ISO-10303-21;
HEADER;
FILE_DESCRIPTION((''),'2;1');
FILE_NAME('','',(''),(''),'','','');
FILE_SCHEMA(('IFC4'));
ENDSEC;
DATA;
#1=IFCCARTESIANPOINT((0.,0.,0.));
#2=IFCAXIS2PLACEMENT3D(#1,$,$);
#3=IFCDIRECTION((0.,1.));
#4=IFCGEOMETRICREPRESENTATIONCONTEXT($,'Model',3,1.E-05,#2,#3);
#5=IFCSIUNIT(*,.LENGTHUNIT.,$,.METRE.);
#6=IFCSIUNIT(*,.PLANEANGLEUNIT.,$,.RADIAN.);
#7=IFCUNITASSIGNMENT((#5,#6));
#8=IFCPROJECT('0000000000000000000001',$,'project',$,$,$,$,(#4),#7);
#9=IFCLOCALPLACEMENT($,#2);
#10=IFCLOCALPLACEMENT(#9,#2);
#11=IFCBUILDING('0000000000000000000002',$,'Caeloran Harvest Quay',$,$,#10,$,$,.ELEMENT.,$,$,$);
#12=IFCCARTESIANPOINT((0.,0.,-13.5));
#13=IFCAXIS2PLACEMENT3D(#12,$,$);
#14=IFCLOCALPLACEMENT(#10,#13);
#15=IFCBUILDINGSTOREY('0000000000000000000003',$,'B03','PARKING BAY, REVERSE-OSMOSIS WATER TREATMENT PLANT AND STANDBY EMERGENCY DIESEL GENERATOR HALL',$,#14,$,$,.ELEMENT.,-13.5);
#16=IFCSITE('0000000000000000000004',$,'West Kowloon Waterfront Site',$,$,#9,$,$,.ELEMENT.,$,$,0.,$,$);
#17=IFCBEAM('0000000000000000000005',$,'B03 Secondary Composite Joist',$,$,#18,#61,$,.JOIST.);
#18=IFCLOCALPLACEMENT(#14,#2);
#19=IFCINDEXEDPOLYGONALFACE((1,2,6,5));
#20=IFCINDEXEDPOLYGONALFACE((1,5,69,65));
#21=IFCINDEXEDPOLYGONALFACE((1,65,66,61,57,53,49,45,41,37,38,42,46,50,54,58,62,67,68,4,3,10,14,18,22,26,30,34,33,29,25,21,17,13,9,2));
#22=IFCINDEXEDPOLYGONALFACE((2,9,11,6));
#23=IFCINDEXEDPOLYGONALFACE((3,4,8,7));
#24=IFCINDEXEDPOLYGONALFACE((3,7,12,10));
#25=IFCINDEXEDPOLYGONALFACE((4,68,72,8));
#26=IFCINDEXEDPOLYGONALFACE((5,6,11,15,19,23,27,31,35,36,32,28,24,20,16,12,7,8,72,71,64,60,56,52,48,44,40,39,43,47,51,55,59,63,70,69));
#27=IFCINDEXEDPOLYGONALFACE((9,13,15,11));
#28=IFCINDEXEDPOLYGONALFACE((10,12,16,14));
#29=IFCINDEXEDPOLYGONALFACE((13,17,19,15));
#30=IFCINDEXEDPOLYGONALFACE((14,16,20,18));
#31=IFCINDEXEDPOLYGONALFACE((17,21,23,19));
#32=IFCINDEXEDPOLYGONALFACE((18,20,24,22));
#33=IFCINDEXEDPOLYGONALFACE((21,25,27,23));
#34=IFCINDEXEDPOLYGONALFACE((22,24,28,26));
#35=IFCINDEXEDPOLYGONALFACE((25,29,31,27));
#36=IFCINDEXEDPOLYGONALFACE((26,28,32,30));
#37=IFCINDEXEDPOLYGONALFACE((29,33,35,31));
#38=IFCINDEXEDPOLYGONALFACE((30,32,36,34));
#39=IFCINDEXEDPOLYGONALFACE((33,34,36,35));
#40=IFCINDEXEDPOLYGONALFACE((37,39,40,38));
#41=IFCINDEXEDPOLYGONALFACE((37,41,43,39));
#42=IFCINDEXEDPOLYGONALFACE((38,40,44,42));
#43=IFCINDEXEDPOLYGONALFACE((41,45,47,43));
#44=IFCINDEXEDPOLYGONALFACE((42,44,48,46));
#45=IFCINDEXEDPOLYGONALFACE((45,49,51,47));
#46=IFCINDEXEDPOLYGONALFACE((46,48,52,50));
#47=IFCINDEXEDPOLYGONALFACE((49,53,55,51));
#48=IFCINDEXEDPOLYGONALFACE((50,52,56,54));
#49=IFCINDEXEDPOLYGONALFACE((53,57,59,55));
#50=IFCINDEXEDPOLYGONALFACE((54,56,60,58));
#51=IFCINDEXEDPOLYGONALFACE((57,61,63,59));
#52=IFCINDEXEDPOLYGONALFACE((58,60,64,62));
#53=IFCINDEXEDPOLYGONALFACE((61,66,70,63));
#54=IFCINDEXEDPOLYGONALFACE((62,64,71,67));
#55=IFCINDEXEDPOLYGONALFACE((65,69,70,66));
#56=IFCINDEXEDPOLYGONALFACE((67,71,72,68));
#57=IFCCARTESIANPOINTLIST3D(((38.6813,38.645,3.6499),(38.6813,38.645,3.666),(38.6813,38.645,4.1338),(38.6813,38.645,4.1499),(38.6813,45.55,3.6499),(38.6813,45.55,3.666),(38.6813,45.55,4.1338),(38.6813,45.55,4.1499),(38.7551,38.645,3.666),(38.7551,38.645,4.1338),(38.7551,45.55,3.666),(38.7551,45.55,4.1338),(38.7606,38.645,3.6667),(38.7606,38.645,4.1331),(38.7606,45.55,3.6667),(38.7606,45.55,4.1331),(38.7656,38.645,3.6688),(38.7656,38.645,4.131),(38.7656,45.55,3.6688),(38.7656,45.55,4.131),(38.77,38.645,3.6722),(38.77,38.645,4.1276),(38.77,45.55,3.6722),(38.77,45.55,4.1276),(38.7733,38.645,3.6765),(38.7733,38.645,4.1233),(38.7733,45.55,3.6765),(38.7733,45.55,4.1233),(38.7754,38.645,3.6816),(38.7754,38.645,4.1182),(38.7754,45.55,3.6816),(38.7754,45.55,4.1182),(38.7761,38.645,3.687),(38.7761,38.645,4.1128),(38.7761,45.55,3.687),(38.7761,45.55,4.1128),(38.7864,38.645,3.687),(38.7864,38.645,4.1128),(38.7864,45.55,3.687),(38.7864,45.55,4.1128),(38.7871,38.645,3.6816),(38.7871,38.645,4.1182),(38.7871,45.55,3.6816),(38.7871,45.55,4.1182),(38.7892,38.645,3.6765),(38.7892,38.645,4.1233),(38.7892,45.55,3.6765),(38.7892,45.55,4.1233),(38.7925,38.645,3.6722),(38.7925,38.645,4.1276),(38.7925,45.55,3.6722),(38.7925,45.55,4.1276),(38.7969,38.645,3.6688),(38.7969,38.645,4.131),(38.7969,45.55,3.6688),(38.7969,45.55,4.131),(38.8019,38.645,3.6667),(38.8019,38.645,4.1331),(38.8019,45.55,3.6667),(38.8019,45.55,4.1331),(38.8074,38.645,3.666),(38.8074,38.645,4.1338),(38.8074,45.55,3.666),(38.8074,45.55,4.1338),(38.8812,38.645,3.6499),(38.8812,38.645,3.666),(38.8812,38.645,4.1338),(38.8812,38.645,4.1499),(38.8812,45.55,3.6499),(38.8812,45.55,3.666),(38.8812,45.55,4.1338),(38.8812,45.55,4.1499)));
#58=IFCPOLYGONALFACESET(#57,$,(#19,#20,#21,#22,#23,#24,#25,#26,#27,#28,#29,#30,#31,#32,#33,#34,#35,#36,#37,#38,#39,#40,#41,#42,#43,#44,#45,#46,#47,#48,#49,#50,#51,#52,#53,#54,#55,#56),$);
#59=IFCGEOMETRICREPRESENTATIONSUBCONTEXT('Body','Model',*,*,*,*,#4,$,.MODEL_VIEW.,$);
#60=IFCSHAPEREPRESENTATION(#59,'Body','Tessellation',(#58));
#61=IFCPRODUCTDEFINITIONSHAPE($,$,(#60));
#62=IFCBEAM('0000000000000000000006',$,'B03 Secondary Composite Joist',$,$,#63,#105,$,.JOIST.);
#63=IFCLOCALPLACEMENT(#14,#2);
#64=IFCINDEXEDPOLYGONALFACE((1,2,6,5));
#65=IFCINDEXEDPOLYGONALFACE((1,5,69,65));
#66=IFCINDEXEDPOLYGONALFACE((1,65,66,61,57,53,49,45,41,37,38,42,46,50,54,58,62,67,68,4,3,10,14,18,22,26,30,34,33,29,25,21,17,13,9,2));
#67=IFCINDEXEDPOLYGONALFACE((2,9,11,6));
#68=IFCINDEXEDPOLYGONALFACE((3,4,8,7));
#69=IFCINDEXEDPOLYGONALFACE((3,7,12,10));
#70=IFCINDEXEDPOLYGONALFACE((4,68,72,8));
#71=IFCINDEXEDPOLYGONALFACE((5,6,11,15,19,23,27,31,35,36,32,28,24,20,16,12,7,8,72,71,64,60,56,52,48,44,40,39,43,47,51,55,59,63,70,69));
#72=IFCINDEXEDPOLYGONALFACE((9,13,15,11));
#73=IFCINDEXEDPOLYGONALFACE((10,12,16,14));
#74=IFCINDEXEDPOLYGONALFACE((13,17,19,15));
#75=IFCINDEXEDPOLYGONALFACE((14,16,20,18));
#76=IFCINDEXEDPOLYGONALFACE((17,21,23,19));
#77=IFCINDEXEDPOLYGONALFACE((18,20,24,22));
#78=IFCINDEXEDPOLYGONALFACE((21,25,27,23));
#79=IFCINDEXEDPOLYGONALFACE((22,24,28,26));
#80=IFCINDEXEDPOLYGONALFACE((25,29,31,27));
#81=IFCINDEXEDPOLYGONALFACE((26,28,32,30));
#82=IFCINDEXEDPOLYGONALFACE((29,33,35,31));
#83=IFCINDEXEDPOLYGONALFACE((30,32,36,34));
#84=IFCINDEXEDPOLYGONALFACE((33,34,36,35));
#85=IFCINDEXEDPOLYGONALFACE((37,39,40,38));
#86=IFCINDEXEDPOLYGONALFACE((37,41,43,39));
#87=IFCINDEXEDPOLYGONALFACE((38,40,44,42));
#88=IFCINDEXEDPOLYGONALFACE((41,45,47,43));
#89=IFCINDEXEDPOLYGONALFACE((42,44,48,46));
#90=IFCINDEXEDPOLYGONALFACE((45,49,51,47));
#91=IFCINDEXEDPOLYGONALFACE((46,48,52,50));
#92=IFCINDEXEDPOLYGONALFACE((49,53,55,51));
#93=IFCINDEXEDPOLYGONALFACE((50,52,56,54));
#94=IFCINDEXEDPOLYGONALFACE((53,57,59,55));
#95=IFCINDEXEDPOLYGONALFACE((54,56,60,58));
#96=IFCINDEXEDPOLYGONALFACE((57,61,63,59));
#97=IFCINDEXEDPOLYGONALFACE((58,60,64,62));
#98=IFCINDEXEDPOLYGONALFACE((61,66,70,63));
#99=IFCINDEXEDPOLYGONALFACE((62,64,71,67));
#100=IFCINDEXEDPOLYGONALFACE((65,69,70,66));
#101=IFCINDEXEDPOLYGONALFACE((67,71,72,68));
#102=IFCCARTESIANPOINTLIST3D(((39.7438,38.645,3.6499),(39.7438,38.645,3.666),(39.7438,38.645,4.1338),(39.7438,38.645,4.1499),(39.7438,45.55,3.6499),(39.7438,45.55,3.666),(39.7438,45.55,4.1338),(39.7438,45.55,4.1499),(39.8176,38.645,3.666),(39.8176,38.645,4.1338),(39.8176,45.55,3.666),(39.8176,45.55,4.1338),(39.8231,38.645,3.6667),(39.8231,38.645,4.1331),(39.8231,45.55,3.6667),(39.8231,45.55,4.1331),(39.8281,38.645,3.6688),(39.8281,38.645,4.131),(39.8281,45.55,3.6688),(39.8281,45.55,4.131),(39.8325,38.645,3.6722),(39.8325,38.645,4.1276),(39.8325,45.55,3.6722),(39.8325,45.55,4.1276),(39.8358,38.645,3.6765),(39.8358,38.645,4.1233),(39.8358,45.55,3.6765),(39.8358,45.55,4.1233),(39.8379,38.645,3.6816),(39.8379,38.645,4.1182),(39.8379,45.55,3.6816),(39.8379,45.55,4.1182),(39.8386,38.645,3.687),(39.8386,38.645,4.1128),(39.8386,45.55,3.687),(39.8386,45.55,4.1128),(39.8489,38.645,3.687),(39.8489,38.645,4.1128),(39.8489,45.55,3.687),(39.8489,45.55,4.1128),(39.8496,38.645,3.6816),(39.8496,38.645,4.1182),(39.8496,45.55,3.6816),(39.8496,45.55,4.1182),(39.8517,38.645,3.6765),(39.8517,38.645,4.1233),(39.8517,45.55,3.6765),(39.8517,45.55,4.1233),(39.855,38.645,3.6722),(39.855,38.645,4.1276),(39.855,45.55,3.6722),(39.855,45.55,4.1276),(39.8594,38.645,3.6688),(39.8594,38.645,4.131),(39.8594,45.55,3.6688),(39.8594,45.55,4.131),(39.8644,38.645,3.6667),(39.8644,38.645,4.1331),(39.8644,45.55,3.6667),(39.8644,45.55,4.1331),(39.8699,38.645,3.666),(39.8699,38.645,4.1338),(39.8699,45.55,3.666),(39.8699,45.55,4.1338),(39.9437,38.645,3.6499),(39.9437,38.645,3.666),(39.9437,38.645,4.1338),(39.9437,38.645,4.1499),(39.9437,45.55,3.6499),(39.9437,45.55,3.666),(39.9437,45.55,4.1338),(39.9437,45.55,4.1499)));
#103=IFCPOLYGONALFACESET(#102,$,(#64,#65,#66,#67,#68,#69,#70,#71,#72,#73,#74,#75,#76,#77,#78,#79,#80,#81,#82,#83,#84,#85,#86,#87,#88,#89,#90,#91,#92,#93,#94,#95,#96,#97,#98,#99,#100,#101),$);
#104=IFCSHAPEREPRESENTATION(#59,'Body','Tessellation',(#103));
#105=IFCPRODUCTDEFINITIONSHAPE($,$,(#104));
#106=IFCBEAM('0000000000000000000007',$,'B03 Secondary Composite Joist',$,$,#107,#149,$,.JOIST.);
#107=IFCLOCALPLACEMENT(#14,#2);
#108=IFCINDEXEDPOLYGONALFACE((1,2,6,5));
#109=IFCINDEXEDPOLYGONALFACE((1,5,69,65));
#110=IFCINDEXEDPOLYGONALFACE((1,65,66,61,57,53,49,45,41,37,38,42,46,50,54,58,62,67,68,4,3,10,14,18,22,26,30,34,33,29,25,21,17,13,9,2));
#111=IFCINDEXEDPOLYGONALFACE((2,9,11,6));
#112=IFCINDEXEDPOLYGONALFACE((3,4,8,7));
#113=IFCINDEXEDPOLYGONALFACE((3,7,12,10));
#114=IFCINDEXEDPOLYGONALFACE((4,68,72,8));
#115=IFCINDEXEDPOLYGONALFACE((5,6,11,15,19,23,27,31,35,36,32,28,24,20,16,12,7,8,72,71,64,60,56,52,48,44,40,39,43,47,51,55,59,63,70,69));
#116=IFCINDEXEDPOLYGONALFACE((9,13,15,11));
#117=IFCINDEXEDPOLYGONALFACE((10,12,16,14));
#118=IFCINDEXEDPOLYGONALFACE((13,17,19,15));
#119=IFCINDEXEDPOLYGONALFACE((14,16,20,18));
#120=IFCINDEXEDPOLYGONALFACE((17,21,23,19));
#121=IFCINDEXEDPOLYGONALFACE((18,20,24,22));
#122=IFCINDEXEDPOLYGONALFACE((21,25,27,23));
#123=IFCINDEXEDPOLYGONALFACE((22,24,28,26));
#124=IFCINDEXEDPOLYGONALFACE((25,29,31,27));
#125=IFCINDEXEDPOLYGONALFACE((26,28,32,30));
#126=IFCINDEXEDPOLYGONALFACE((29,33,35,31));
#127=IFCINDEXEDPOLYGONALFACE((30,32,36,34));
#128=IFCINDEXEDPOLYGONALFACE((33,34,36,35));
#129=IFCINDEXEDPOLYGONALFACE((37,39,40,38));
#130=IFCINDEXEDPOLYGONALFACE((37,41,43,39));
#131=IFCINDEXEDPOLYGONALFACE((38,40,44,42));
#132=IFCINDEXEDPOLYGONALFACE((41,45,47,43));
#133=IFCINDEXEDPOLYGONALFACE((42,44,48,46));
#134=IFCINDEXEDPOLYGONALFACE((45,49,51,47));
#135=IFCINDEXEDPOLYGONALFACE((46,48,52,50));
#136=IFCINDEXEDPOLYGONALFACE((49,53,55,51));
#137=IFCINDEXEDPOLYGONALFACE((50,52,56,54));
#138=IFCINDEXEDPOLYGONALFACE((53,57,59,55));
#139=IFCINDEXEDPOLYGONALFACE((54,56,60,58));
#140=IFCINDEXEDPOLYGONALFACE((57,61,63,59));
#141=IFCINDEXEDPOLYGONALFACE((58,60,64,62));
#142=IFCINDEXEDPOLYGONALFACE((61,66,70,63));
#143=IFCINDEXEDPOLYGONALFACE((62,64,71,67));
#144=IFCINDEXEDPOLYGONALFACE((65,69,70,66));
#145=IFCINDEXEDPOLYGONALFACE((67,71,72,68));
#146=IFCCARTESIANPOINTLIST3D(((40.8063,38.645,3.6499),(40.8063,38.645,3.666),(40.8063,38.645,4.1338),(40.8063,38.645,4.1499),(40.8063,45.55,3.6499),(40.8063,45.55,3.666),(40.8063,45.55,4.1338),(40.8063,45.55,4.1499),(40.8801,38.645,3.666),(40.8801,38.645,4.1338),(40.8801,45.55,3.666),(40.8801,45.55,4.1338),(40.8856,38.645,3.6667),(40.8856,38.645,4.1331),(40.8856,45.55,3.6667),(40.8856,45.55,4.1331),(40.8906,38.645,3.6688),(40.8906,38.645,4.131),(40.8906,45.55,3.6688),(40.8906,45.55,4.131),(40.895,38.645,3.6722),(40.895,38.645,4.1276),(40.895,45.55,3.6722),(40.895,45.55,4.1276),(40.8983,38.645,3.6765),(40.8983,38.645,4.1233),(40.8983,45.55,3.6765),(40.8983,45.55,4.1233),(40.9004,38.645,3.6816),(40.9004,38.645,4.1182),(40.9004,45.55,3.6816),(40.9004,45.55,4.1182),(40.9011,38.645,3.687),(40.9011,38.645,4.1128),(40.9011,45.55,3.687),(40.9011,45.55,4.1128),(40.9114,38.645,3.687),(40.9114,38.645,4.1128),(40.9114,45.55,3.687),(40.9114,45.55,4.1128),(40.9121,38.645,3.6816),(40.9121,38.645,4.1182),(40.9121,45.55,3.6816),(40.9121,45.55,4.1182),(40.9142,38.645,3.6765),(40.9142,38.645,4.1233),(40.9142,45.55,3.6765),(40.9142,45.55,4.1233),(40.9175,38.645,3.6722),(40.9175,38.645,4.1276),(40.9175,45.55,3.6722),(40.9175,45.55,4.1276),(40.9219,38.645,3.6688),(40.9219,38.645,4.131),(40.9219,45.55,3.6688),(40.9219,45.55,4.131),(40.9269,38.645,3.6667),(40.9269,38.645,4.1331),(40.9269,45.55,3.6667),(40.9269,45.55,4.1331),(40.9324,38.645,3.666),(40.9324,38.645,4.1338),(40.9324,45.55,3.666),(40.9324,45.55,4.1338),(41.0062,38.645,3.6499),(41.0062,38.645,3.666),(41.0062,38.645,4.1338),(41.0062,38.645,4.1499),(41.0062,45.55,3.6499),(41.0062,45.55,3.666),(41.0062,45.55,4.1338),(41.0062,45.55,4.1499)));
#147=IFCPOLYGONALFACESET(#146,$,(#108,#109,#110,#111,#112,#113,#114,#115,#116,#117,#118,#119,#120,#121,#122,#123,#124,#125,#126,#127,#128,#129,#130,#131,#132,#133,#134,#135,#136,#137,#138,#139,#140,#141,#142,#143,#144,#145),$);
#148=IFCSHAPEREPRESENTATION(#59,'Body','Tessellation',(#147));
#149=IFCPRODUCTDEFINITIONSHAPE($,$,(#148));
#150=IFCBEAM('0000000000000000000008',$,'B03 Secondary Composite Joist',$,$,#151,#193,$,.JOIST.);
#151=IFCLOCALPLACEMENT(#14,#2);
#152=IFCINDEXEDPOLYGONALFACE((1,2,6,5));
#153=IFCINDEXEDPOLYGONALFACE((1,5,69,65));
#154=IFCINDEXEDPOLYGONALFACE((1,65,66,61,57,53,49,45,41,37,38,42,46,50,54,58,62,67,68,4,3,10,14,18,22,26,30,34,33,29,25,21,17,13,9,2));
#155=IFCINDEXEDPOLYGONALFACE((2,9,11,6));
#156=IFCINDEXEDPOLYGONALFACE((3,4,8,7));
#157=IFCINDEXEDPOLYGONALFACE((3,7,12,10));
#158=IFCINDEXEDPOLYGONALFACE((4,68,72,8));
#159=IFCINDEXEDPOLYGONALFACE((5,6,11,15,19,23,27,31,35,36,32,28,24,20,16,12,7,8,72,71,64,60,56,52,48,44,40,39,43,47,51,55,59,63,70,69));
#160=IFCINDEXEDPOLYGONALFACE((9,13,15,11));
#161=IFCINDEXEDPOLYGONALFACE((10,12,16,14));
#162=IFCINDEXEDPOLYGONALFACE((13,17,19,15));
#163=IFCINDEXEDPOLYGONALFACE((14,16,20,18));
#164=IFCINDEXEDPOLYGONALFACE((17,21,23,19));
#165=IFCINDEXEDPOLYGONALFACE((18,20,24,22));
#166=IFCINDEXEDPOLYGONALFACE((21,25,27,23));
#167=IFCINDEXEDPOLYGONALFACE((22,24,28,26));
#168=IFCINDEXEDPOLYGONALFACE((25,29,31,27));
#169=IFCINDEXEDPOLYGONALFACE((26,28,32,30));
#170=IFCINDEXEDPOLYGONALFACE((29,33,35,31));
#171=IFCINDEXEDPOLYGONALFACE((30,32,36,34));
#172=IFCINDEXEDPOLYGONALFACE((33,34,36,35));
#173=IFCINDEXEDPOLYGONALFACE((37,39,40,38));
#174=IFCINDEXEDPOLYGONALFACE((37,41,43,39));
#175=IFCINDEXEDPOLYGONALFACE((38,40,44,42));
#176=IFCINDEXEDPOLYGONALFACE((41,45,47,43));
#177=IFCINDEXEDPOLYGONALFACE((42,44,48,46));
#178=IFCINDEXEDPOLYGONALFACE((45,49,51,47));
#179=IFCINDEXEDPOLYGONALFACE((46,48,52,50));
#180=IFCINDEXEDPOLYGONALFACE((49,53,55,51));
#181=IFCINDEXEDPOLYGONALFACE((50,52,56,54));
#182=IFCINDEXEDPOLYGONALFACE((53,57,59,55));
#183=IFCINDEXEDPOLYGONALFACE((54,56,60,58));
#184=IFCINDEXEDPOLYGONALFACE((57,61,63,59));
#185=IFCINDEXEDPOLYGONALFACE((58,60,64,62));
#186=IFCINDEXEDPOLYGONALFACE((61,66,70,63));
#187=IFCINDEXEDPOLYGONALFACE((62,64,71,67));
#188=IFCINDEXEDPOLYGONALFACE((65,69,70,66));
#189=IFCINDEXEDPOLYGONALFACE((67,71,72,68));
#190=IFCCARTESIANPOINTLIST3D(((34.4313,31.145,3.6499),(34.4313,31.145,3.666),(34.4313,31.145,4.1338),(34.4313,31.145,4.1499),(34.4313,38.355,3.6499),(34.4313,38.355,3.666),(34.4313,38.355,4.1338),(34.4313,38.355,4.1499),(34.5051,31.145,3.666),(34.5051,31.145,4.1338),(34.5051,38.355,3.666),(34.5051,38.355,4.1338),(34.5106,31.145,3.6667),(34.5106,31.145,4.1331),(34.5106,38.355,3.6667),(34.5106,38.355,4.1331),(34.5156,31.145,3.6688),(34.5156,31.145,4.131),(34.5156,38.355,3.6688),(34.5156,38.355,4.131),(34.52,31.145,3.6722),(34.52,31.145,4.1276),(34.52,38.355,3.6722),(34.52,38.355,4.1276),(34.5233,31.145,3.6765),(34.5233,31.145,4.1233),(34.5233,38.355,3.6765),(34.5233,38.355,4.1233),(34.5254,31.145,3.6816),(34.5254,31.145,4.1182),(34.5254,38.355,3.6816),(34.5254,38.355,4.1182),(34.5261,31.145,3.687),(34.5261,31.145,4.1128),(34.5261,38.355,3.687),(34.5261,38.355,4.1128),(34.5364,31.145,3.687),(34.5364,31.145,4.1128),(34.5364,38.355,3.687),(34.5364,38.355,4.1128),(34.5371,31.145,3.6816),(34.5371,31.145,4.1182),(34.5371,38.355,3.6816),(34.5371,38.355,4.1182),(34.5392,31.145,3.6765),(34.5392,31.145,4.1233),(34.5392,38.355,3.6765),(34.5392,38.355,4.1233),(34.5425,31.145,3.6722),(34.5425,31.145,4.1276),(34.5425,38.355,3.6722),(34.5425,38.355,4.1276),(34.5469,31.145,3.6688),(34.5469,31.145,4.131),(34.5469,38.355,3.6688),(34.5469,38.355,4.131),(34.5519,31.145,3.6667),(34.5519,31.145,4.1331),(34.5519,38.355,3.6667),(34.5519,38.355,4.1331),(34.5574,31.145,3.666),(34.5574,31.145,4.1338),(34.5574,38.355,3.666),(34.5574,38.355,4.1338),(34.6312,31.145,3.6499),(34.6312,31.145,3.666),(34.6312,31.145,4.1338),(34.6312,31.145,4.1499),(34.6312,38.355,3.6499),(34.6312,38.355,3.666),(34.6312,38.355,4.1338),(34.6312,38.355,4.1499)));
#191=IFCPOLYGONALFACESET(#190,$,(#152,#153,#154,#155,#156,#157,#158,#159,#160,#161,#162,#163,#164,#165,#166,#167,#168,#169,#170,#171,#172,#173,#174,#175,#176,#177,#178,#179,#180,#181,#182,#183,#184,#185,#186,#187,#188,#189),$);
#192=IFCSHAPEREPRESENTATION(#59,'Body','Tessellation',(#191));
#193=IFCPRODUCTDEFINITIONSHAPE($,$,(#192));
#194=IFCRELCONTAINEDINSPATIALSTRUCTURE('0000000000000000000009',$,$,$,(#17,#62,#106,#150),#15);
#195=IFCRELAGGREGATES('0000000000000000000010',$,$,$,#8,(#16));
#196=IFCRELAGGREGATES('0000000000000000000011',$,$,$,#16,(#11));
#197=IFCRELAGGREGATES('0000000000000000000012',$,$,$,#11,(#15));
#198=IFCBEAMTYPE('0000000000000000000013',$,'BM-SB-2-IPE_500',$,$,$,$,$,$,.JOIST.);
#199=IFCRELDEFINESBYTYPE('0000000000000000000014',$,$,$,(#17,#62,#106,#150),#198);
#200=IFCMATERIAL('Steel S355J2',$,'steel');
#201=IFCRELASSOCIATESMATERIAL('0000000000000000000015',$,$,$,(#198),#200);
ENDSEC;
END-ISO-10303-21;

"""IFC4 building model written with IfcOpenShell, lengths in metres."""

from ifc_helpers import new_model, si_unit, direction, frame, origin, origin_2d, place, context, subcontext, project, spatial, i_section, extrude, material, material_profile, profile_set, type_object, element, save


model = new_model("IFC4")

# Units and contexts
model_context = context("Model", 3, precision=1e-05, world=origin(), true_north=direction((0.0, 1.0)))
body_context = subcontext(model_context, "Body", "Model", "MODEL_VIEW")
ifc_project = project(units=[si_unit("LENGTHUNIT", "METRE"), si_unit("PLANEANGLEUNIT", "RADIAN")], contexts=[model_context])

# Site, building, storey
site_placement = place(None, origin())
site = spatial("IfcSite", under=ifc_project, at=site_placement, Name="West Kowloon Waterfront Site", CompositionType="ELEMENT", RefElevation=0.0)
building_placement = place(site_placement, origin())
building = spatial("IfcBuilding", under=site, at=building_placement, Name="Caeloran Harvest Quay", CompositionType="ELEMENT")
storey_placement = place(building_placement, frame((0.0, 0.0, -13.5)))
storey = spatial("IfcBuildingStorey", under=building, at=storey_placement, Name="B03", Description="PARKING BAY, REVERSE-OSMOSIS WATER TREATMENT PLANT AND STANDBY EMERGENCY DIESEL GENERATOR HALL", CompositionType="ELEMENT", Elevation=-13.5)

# Beams
ifc_material = material(Name="Steel S355J2", Category="steel")
ifc_material_profile_1 = material_profile(ifc_material, i_section(OverallWidth=0.2, OverallDepth=0.5, WebThickness=0.0103, FlangeThickness=0.0161, FilletRadius=0.021, at=origin_2d()), Name="IPE 500")
ifc_profile_set_1 = profile_set([ifc_material_profile_1], Name="Steel S355J2")
beam_type_1 = type_object("IfcBeamType", Name="BM-SB-2-IPE_500", PredefinedType="JOIST", material=ifc_profile_set_1)
for number, where, z_axis, x_axis, name in (
    (1, (38.7812, 38.645, 3.8999), (0.0, 1.0, 0.0), (-1.0, 0.0, 0.0), "B03 Secondary Composite Joist"),
    (2, (39.8438, 38.645, 3.8999), (0.0, 1.0, 0.0), (-1.0, 0.0, 0.0), "B03 Secondary Composite Joist"),
    (3, (40.9062, 38.645, 3.8999), (0.0, 1.0, 0.0), (-1.0, 0.0, 0.0), "B03 Secondary Composite Joist"),
):
    element("IfcBeam", number, at=place(storey_placement, frame(where, z_axis=z_axis, x_axis=x_axis)), inside=storey, type_object=beam_type_1, Name=name, PredefinedType="JOIST", context=body_context, shape_type="SweptSolid", body=[
        extrude(i_section(OverallWidth=0.2, OverallDepth=0.5, WebThickness=0.0103, FlangeThickness=0.0161, FilletRadius=0.021, at=origin_2d()), origin(), (0.0, 0.0, 1.0), 6.905),
    ])
for number, where, z_axis, x_axis, name in (
    (4, (34.5312, 31.145, 3.8999), (0.0, 1.0, 0.0), (-1.0, 0.0, 0.0), "B03 Secondary Composite Joist"),
):
    element("IfcBeam", number, at=place(storey_placement, frame(where, z_axis=z_axis, x_axis=x_axis)), inside=storey, type_object=beam_type_1, Name=name, PredefinedType="JOIST", context=body_context, shape_type="SweptSolid", body=[
        extrude(i_section(OverallWidth=0.2, OverallDepth=0.5, WebThickness=0.0103, FlangeThickness=0.0161, FilletRadius=0.021, at=origin_2d()), origin(), (0.0, 0.0, 1.0), 7.21),
    ])

save(model, "model.ifc")
